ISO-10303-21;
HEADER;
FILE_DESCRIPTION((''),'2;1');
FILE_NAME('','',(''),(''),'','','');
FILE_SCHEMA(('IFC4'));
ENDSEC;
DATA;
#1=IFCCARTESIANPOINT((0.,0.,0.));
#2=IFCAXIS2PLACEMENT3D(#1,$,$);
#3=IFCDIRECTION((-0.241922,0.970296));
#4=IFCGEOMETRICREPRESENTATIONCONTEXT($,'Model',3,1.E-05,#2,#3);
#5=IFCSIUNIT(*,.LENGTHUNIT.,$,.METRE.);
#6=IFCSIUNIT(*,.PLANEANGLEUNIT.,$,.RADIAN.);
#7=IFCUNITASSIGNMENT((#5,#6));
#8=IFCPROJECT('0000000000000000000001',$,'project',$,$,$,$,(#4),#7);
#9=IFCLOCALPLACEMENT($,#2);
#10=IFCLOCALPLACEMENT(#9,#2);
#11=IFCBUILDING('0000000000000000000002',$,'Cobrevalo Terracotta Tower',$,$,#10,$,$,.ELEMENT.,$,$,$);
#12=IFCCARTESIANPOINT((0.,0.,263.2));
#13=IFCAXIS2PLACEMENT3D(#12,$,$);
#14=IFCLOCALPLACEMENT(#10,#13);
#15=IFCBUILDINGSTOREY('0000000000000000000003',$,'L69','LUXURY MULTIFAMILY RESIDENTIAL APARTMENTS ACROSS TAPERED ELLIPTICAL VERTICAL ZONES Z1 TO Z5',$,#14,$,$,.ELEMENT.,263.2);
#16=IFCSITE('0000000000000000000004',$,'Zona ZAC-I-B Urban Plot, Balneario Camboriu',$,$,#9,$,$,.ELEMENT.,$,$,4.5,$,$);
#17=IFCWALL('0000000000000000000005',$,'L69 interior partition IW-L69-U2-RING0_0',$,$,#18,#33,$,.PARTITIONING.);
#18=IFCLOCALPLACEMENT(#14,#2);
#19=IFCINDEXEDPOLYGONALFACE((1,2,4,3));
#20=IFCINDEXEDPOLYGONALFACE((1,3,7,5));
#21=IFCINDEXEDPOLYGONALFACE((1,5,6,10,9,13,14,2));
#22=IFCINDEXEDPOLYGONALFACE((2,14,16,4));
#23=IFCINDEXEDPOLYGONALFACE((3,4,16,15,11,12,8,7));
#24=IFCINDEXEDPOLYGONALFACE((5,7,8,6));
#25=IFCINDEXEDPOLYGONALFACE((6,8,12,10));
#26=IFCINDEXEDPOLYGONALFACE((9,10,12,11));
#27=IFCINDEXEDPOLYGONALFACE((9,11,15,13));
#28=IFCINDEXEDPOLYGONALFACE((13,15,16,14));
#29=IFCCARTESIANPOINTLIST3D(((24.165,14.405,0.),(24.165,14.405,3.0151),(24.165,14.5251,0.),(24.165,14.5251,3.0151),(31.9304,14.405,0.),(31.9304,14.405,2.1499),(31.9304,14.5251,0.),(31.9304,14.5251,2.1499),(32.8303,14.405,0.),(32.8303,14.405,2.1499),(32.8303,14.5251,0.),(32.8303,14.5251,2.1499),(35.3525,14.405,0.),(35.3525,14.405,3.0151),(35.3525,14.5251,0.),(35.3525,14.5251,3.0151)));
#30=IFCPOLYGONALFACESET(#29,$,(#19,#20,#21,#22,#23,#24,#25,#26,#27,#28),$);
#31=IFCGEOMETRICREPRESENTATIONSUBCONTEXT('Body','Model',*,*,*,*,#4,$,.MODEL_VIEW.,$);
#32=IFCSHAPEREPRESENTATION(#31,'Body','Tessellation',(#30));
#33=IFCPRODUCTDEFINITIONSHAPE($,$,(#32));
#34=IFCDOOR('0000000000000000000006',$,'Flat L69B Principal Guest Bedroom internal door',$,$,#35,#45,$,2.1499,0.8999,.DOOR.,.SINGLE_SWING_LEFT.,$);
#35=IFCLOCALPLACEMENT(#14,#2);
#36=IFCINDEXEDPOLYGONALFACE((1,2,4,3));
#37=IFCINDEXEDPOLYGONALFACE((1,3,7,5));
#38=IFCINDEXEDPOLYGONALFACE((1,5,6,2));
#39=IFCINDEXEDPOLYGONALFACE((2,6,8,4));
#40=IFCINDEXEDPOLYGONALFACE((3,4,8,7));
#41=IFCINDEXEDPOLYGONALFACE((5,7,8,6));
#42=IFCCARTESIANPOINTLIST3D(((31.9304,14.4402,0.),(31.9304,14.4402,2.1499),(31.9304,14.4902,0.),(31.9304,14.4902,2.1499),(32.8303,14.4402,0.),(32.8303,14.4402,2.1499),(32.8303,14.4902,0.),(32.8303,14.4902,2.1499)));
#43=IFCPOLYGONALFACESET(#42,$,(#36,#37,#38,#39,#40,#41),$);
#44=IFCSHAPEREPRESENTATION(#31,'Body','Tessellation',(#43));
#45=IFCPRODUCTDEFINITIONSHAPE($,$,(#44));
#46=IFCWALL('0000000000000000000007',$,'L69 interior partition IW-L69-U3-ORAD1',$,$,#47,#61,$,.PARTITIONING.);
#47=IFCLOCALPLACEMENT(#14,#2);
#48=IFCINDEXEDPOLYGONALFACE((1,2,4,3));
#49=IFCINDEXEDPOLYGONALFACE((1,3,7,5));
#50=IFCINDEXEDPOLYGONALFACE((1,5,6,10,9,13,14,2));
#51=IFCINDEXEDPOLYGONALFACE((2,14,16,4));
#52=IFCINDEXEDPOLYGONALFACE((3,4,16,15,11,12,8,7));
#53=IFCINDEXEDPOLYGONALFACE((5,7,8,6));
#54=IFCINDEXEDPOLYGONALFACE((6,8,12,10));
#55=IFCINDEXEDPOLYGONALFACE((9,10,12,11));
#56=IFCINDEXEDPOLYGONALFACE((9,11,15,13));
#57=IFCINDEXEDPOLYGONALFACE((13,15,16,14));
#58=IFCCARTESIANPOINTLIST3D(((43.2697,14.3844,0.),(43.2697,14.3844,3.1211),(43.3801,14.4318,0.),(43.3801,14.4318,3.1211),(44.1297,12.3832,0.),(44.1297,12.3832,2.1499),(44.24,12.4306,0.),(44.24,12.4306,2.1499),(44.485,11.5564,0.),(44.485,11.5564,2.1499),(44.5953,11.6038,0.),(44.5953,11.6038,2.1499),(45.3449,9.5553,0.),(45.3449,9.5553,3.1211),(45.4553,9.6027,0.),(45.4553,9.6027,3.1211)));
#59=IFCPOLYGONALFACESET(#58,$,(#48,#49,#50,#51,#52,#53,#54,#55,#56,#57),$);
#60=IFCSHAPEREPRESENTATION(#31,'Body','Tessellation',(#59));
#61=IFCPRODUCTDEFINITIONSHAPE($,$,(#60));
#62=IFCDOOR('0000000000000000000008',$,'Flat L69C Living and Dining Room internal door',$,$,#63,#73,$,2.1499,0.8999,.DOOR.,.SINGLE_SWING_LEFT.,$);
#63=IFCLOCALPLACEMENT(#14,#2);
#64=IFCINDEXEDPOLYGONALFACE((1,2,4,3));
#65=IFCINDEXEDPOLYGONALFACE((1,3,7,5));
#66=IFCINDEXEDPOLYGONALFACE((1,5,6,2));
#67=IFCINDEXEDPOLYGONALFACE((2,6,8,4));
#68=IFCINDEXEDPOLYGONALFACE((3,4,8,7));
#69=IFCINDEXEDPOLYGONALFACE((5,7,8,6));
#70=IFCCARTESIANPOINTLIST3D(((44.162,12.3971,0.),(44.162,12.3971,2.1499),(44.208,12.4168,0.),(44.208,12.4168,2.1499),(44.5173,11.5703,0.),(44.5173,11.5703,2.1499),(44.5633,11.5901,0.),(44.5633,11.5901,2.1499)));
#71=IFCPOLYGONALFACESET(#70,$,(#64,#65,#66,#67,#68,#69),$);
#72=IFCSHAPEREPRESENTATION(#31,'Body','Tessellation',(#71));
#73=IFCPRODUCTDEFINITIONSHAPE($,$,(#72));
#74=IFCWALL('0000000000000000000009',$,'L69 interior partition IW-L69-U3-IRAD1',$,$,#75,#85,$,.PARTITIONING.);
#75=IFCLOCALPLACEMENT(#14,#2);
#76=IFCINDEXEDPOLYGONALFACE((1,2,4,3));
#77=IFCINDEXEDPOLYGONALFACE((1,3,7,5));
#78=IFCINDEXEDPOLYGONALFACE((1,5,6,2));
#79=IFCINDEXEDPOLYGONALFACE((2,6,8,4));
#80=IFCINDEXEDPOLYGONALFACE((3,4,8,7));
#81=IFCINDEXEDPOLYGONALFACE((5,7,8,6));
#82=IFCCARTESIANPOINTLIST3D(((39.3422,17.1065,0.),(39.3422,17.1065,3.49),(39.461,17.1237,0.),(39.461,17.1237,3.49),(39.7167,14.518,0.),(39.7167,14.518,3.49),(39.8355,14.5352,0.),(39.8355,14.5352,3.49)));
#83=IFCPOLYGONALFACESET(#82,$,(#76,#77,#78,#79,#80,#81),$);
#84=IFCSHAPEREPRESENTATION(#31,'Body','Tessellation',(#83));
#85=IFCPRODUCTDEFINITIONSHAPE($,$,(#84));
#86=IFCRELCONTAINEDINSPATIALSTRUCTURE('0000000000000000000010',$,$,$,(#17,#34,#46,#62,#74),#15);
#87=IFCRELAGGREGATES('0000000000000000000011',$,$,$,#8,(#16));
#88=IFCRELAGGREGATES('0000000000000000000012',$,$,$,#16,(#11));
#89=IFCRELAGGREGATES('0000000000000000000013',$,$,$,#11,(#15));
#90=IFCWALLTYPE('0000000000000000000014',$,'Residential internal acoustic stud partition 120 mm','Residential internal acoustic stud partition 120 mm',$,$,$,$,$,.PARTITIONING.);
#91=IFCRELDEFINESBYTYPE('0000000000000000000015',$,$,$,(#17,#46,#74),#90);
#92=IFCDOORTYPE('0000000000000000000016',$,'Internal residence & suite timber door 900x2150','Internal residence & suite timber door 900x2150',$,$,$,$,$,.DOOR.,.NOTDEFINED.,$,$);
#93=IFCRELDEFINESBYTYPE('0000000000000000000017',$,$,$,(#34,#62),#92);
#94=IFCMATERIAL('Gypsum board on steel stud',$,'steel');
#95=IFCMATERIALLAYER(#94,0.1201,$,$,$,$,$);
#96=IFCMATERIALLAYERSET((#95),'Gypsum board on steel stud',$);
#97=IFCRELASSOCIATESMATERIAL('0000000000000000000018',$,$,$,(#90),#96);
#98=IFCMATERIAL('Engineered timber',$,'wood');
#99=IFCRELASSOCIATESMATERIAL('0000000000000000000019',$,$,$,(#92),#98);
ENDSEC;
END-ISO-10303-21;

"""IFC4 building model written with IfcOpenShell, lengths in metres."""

from ifc_helpers import new_model, si_unit, direction, frame, frame_2d, origin, place, context, subcontext, project, spatial, rectangle, extrude, source, transform, mapped, material, layer, layer_set, type_object, element, fill, save


model = new_model("IFC4")

# Units and contexts
model_context = context("Model", 3, precision=1e-05, world=origin(), true_north=direction((-0.241922, 0.970296)))
body_context = subcontext(model_context, "Body", "Model", "MODEL_VIEW")
ifc_project = project(units=[si_unit("LENGTHUNIT", "METRE"), si_unit("PLANEANGLEUNIT", "RADIAN")], contexts=[model_context])

# Site, building, storey
site_placement = place(None, origin())
site = spatial("IfcSite", under=ifc_project, at=site_placement, Name="Zona ZAC-I-B Urban Plot, Balneario Camboriu", CompositionType="ELEMENT", RefElevation=4.5)
building_placement = place(site_placement, origin())
building = spatial("IfcBuilding", under=site, at=building_placement, Name="Cobrevalo Terracotta Tower", CompositionType="ELEMENT")
storey_placement = place(building_placement, frame((0.0, 0.0, 263.2)))
storey = spatial("IfcBuildingStorey", under=building, at=storey_placement, Name="L69", Description="LUXURY MULTIFAMILY RESIDENTIAL APARTMENTS ACROSS TAPERED ELLIPTICAL VERTICAL ZONES Z1 TO Z5", CompositionType="ELEMENT", Elevation=263.2)

# Walls, openings, doors
ifc_material_1 = material(Name="Gypsum board on steel stud", Category="steel")
ifc_layer_1 = layer(ifc_material_1, 0.1201)
ifc_layer_set_1 = layer_set([ifc_layer_1], Name="Gypsum board on steel stud")
wall_type_1 = type_object("IfcWallType", Name="Residential internal acoustic stud partition 120 mm", Description="Residential internal acoustic stud partition 120 mm", PredefinedType="PARTITIONING", material=ifc_layer_set_1)
wall_1_placement = place(storey_placement, frame((35.3525, 14.4651, 0.0), z_axis=(0.0, 0.0, 1.0), x_axis=(-1.0, 0.0, 0.0)))
wall_1 = element("IfcWall", 1, at=wall_1_placement, inside=storey, type_object=wall_type_1, Name="L69 interior partition IW-L69-U2-RING0_0", PredefinedType="PARTITIONING", context=body_context, shape_type="SweptSolid", body=[
    extrude(rectangle(XDim=11.1875, YDim=0.1201, at=frame_2d((5.5938, 0.0))), origin(), (0.0, 0.0, 1.0), 3.0151),
])
opening_1_placement = place(wall_1_placement, frame((2.5222, 0.0, 0.0)))
opening_1 = element("IfcOpeningElement", 2, at=opening_1_placement, cuts=wall_1, PredefinedType="OPENING", context=body_context, shape_type="SweptSolid", body=[
    extrude(rectangle(XDim=0.8999, YDim=2.1499, at=frame_2d((0.45, 1.075))), frame((0.0, 0.0701, 0.0), z_axis=(0.0, -1.0, 0.0), x_axis=(1.0, 0.0, 0.0)), (0.0, 0.0, 1.0), 0.1401),
])
ifc_material_2 = material(Name="Engineered timber", Category="wood")
door_type = type_object("IfcDoorType", Name="Internal residence & suite timber door 900x2150", Description="Internal residence & suite timber door 900x2150", OperationType="NOTDEFINED", PredefinedType="DOOR", material=ifc_material_2)
shared_shape_1 = source(origin(), body_context, "Body", "SweptSolid", [
    extrude(rectangle(XDim=0.8999, YDim=2.1499, at=frame_2d((0.45, 1.075))), frame((0.0, 0.0249, 0.0), z_axis=(0.0, -1.0, 0.0), x_axis=(1.0, 0.0, 0.0)), (0.0, 0.0, 1.0), 0.05),
])
door_1_placement = place(opening_1_placement, origin())
door_1 = element("IfcDoor", 3, at=door_1_placement, inside=storey, type_object=door_type, Name="Flat L69B Principal Guest Bedroom internal door", OperationType="SINGLE_SWING_LEFT", OverallHeight=2.1499, OverallWidth=0.8999, PredefinedType="DOOR", context=body_context, shape_type="MappedRepresentation", body=[
    mapped(shared_shape_1, transform((0.0, 0.0, 0.0), scale=1.0)),
])
fill(opening_1, door_1)
wall_2_placement = place(storey_placement, frame((43.325, 14.408, 0.0), z_axis=(0.0, 0.0, 1.0), x_axis=(0.394816, -0.91876, 0.0)))
wall_2 = element("IfcWall", 4, at=wall_2_placement, inside=storey, type_object=wall_type_1, Name="L69 interior partition IW-L69-U3-ORAD1", PredefinedType="PARTITIONING", context=body_context, shape_type="SweptSolid", body=[
    extrude(rectangle(XDim=5.2561, YDim=0.1201, at=frame_2d((2.6279, 0.0))), origin(), (0.0, 0.0, 1.0), 3.1211),
])
opening_2_placement = place(wall_2_placement, frame((2.178, 0.0, 0.0)))
opening_2 = element("IfcOpeningElement", 5, at=opening_2_placement, cuts=wall_2, PredefinedType="OPENING", context=body_context, shape_type="SweptSolid", body=[
    extrude(rectangle(XDim=0.8999, YDim=2.1499, at=frame_2d((0.45, 1.075))), frame((0.0, 0.0701, 0.0), z_axis=(0.0, -1.0, 0.0), x_axis=(1.0, 0.0, 0.0)), (0.0, 0.0, 1.0), 0.1401),
])
door_2_placement = place(opening_2_placement, frame((0.8999, 0.0, 0.0), z_axis=(0.0, 0.0, 1.0), x_axis=(-1.0, 0.0, 0.0)))
door_2 = element("IfcDoor", 6, at=door_2_placement, inside=storey, type_object=door_type, Name="Flat L69C Living and Dining Room internal door", OperationType="SINGLE_SWING_LEFT", OverallHeight=2.1499, OverallWidth=0.8999, PredefinedType="DOOR", context=body_context, shape_type="MappedRepresentation", body=[
    mapped(shared_shape_1, transform((0.0, 0.0, 0.0), scale=1.0)),
])
fill(opening_2, door_2)

# Wall
wall_3_placement = place(storey_placement, frame((39.4016, 17.115, 0.0), z_axis=(0.0, 0.0, 1.0), x_axis=(0.143185, -0.989696, 0.0)))
element("IfcWall", 7, at=wall_3_placement, inside=storey, type_object=wall_type_1, Name="L69 interior partition IW-L69-U3-IRAD1", PredefinedType="PARTITIONING", context=body_context, shape_type="SweptSolid", body=[
    extrude(rectangle(XDim=2.6155, YDim=0.1201, at=frame_2d((1.3076, 0.0))), origin(), (0.0, 0.0, 1.0), 3.49),
])

save(model, "model.ifc")
